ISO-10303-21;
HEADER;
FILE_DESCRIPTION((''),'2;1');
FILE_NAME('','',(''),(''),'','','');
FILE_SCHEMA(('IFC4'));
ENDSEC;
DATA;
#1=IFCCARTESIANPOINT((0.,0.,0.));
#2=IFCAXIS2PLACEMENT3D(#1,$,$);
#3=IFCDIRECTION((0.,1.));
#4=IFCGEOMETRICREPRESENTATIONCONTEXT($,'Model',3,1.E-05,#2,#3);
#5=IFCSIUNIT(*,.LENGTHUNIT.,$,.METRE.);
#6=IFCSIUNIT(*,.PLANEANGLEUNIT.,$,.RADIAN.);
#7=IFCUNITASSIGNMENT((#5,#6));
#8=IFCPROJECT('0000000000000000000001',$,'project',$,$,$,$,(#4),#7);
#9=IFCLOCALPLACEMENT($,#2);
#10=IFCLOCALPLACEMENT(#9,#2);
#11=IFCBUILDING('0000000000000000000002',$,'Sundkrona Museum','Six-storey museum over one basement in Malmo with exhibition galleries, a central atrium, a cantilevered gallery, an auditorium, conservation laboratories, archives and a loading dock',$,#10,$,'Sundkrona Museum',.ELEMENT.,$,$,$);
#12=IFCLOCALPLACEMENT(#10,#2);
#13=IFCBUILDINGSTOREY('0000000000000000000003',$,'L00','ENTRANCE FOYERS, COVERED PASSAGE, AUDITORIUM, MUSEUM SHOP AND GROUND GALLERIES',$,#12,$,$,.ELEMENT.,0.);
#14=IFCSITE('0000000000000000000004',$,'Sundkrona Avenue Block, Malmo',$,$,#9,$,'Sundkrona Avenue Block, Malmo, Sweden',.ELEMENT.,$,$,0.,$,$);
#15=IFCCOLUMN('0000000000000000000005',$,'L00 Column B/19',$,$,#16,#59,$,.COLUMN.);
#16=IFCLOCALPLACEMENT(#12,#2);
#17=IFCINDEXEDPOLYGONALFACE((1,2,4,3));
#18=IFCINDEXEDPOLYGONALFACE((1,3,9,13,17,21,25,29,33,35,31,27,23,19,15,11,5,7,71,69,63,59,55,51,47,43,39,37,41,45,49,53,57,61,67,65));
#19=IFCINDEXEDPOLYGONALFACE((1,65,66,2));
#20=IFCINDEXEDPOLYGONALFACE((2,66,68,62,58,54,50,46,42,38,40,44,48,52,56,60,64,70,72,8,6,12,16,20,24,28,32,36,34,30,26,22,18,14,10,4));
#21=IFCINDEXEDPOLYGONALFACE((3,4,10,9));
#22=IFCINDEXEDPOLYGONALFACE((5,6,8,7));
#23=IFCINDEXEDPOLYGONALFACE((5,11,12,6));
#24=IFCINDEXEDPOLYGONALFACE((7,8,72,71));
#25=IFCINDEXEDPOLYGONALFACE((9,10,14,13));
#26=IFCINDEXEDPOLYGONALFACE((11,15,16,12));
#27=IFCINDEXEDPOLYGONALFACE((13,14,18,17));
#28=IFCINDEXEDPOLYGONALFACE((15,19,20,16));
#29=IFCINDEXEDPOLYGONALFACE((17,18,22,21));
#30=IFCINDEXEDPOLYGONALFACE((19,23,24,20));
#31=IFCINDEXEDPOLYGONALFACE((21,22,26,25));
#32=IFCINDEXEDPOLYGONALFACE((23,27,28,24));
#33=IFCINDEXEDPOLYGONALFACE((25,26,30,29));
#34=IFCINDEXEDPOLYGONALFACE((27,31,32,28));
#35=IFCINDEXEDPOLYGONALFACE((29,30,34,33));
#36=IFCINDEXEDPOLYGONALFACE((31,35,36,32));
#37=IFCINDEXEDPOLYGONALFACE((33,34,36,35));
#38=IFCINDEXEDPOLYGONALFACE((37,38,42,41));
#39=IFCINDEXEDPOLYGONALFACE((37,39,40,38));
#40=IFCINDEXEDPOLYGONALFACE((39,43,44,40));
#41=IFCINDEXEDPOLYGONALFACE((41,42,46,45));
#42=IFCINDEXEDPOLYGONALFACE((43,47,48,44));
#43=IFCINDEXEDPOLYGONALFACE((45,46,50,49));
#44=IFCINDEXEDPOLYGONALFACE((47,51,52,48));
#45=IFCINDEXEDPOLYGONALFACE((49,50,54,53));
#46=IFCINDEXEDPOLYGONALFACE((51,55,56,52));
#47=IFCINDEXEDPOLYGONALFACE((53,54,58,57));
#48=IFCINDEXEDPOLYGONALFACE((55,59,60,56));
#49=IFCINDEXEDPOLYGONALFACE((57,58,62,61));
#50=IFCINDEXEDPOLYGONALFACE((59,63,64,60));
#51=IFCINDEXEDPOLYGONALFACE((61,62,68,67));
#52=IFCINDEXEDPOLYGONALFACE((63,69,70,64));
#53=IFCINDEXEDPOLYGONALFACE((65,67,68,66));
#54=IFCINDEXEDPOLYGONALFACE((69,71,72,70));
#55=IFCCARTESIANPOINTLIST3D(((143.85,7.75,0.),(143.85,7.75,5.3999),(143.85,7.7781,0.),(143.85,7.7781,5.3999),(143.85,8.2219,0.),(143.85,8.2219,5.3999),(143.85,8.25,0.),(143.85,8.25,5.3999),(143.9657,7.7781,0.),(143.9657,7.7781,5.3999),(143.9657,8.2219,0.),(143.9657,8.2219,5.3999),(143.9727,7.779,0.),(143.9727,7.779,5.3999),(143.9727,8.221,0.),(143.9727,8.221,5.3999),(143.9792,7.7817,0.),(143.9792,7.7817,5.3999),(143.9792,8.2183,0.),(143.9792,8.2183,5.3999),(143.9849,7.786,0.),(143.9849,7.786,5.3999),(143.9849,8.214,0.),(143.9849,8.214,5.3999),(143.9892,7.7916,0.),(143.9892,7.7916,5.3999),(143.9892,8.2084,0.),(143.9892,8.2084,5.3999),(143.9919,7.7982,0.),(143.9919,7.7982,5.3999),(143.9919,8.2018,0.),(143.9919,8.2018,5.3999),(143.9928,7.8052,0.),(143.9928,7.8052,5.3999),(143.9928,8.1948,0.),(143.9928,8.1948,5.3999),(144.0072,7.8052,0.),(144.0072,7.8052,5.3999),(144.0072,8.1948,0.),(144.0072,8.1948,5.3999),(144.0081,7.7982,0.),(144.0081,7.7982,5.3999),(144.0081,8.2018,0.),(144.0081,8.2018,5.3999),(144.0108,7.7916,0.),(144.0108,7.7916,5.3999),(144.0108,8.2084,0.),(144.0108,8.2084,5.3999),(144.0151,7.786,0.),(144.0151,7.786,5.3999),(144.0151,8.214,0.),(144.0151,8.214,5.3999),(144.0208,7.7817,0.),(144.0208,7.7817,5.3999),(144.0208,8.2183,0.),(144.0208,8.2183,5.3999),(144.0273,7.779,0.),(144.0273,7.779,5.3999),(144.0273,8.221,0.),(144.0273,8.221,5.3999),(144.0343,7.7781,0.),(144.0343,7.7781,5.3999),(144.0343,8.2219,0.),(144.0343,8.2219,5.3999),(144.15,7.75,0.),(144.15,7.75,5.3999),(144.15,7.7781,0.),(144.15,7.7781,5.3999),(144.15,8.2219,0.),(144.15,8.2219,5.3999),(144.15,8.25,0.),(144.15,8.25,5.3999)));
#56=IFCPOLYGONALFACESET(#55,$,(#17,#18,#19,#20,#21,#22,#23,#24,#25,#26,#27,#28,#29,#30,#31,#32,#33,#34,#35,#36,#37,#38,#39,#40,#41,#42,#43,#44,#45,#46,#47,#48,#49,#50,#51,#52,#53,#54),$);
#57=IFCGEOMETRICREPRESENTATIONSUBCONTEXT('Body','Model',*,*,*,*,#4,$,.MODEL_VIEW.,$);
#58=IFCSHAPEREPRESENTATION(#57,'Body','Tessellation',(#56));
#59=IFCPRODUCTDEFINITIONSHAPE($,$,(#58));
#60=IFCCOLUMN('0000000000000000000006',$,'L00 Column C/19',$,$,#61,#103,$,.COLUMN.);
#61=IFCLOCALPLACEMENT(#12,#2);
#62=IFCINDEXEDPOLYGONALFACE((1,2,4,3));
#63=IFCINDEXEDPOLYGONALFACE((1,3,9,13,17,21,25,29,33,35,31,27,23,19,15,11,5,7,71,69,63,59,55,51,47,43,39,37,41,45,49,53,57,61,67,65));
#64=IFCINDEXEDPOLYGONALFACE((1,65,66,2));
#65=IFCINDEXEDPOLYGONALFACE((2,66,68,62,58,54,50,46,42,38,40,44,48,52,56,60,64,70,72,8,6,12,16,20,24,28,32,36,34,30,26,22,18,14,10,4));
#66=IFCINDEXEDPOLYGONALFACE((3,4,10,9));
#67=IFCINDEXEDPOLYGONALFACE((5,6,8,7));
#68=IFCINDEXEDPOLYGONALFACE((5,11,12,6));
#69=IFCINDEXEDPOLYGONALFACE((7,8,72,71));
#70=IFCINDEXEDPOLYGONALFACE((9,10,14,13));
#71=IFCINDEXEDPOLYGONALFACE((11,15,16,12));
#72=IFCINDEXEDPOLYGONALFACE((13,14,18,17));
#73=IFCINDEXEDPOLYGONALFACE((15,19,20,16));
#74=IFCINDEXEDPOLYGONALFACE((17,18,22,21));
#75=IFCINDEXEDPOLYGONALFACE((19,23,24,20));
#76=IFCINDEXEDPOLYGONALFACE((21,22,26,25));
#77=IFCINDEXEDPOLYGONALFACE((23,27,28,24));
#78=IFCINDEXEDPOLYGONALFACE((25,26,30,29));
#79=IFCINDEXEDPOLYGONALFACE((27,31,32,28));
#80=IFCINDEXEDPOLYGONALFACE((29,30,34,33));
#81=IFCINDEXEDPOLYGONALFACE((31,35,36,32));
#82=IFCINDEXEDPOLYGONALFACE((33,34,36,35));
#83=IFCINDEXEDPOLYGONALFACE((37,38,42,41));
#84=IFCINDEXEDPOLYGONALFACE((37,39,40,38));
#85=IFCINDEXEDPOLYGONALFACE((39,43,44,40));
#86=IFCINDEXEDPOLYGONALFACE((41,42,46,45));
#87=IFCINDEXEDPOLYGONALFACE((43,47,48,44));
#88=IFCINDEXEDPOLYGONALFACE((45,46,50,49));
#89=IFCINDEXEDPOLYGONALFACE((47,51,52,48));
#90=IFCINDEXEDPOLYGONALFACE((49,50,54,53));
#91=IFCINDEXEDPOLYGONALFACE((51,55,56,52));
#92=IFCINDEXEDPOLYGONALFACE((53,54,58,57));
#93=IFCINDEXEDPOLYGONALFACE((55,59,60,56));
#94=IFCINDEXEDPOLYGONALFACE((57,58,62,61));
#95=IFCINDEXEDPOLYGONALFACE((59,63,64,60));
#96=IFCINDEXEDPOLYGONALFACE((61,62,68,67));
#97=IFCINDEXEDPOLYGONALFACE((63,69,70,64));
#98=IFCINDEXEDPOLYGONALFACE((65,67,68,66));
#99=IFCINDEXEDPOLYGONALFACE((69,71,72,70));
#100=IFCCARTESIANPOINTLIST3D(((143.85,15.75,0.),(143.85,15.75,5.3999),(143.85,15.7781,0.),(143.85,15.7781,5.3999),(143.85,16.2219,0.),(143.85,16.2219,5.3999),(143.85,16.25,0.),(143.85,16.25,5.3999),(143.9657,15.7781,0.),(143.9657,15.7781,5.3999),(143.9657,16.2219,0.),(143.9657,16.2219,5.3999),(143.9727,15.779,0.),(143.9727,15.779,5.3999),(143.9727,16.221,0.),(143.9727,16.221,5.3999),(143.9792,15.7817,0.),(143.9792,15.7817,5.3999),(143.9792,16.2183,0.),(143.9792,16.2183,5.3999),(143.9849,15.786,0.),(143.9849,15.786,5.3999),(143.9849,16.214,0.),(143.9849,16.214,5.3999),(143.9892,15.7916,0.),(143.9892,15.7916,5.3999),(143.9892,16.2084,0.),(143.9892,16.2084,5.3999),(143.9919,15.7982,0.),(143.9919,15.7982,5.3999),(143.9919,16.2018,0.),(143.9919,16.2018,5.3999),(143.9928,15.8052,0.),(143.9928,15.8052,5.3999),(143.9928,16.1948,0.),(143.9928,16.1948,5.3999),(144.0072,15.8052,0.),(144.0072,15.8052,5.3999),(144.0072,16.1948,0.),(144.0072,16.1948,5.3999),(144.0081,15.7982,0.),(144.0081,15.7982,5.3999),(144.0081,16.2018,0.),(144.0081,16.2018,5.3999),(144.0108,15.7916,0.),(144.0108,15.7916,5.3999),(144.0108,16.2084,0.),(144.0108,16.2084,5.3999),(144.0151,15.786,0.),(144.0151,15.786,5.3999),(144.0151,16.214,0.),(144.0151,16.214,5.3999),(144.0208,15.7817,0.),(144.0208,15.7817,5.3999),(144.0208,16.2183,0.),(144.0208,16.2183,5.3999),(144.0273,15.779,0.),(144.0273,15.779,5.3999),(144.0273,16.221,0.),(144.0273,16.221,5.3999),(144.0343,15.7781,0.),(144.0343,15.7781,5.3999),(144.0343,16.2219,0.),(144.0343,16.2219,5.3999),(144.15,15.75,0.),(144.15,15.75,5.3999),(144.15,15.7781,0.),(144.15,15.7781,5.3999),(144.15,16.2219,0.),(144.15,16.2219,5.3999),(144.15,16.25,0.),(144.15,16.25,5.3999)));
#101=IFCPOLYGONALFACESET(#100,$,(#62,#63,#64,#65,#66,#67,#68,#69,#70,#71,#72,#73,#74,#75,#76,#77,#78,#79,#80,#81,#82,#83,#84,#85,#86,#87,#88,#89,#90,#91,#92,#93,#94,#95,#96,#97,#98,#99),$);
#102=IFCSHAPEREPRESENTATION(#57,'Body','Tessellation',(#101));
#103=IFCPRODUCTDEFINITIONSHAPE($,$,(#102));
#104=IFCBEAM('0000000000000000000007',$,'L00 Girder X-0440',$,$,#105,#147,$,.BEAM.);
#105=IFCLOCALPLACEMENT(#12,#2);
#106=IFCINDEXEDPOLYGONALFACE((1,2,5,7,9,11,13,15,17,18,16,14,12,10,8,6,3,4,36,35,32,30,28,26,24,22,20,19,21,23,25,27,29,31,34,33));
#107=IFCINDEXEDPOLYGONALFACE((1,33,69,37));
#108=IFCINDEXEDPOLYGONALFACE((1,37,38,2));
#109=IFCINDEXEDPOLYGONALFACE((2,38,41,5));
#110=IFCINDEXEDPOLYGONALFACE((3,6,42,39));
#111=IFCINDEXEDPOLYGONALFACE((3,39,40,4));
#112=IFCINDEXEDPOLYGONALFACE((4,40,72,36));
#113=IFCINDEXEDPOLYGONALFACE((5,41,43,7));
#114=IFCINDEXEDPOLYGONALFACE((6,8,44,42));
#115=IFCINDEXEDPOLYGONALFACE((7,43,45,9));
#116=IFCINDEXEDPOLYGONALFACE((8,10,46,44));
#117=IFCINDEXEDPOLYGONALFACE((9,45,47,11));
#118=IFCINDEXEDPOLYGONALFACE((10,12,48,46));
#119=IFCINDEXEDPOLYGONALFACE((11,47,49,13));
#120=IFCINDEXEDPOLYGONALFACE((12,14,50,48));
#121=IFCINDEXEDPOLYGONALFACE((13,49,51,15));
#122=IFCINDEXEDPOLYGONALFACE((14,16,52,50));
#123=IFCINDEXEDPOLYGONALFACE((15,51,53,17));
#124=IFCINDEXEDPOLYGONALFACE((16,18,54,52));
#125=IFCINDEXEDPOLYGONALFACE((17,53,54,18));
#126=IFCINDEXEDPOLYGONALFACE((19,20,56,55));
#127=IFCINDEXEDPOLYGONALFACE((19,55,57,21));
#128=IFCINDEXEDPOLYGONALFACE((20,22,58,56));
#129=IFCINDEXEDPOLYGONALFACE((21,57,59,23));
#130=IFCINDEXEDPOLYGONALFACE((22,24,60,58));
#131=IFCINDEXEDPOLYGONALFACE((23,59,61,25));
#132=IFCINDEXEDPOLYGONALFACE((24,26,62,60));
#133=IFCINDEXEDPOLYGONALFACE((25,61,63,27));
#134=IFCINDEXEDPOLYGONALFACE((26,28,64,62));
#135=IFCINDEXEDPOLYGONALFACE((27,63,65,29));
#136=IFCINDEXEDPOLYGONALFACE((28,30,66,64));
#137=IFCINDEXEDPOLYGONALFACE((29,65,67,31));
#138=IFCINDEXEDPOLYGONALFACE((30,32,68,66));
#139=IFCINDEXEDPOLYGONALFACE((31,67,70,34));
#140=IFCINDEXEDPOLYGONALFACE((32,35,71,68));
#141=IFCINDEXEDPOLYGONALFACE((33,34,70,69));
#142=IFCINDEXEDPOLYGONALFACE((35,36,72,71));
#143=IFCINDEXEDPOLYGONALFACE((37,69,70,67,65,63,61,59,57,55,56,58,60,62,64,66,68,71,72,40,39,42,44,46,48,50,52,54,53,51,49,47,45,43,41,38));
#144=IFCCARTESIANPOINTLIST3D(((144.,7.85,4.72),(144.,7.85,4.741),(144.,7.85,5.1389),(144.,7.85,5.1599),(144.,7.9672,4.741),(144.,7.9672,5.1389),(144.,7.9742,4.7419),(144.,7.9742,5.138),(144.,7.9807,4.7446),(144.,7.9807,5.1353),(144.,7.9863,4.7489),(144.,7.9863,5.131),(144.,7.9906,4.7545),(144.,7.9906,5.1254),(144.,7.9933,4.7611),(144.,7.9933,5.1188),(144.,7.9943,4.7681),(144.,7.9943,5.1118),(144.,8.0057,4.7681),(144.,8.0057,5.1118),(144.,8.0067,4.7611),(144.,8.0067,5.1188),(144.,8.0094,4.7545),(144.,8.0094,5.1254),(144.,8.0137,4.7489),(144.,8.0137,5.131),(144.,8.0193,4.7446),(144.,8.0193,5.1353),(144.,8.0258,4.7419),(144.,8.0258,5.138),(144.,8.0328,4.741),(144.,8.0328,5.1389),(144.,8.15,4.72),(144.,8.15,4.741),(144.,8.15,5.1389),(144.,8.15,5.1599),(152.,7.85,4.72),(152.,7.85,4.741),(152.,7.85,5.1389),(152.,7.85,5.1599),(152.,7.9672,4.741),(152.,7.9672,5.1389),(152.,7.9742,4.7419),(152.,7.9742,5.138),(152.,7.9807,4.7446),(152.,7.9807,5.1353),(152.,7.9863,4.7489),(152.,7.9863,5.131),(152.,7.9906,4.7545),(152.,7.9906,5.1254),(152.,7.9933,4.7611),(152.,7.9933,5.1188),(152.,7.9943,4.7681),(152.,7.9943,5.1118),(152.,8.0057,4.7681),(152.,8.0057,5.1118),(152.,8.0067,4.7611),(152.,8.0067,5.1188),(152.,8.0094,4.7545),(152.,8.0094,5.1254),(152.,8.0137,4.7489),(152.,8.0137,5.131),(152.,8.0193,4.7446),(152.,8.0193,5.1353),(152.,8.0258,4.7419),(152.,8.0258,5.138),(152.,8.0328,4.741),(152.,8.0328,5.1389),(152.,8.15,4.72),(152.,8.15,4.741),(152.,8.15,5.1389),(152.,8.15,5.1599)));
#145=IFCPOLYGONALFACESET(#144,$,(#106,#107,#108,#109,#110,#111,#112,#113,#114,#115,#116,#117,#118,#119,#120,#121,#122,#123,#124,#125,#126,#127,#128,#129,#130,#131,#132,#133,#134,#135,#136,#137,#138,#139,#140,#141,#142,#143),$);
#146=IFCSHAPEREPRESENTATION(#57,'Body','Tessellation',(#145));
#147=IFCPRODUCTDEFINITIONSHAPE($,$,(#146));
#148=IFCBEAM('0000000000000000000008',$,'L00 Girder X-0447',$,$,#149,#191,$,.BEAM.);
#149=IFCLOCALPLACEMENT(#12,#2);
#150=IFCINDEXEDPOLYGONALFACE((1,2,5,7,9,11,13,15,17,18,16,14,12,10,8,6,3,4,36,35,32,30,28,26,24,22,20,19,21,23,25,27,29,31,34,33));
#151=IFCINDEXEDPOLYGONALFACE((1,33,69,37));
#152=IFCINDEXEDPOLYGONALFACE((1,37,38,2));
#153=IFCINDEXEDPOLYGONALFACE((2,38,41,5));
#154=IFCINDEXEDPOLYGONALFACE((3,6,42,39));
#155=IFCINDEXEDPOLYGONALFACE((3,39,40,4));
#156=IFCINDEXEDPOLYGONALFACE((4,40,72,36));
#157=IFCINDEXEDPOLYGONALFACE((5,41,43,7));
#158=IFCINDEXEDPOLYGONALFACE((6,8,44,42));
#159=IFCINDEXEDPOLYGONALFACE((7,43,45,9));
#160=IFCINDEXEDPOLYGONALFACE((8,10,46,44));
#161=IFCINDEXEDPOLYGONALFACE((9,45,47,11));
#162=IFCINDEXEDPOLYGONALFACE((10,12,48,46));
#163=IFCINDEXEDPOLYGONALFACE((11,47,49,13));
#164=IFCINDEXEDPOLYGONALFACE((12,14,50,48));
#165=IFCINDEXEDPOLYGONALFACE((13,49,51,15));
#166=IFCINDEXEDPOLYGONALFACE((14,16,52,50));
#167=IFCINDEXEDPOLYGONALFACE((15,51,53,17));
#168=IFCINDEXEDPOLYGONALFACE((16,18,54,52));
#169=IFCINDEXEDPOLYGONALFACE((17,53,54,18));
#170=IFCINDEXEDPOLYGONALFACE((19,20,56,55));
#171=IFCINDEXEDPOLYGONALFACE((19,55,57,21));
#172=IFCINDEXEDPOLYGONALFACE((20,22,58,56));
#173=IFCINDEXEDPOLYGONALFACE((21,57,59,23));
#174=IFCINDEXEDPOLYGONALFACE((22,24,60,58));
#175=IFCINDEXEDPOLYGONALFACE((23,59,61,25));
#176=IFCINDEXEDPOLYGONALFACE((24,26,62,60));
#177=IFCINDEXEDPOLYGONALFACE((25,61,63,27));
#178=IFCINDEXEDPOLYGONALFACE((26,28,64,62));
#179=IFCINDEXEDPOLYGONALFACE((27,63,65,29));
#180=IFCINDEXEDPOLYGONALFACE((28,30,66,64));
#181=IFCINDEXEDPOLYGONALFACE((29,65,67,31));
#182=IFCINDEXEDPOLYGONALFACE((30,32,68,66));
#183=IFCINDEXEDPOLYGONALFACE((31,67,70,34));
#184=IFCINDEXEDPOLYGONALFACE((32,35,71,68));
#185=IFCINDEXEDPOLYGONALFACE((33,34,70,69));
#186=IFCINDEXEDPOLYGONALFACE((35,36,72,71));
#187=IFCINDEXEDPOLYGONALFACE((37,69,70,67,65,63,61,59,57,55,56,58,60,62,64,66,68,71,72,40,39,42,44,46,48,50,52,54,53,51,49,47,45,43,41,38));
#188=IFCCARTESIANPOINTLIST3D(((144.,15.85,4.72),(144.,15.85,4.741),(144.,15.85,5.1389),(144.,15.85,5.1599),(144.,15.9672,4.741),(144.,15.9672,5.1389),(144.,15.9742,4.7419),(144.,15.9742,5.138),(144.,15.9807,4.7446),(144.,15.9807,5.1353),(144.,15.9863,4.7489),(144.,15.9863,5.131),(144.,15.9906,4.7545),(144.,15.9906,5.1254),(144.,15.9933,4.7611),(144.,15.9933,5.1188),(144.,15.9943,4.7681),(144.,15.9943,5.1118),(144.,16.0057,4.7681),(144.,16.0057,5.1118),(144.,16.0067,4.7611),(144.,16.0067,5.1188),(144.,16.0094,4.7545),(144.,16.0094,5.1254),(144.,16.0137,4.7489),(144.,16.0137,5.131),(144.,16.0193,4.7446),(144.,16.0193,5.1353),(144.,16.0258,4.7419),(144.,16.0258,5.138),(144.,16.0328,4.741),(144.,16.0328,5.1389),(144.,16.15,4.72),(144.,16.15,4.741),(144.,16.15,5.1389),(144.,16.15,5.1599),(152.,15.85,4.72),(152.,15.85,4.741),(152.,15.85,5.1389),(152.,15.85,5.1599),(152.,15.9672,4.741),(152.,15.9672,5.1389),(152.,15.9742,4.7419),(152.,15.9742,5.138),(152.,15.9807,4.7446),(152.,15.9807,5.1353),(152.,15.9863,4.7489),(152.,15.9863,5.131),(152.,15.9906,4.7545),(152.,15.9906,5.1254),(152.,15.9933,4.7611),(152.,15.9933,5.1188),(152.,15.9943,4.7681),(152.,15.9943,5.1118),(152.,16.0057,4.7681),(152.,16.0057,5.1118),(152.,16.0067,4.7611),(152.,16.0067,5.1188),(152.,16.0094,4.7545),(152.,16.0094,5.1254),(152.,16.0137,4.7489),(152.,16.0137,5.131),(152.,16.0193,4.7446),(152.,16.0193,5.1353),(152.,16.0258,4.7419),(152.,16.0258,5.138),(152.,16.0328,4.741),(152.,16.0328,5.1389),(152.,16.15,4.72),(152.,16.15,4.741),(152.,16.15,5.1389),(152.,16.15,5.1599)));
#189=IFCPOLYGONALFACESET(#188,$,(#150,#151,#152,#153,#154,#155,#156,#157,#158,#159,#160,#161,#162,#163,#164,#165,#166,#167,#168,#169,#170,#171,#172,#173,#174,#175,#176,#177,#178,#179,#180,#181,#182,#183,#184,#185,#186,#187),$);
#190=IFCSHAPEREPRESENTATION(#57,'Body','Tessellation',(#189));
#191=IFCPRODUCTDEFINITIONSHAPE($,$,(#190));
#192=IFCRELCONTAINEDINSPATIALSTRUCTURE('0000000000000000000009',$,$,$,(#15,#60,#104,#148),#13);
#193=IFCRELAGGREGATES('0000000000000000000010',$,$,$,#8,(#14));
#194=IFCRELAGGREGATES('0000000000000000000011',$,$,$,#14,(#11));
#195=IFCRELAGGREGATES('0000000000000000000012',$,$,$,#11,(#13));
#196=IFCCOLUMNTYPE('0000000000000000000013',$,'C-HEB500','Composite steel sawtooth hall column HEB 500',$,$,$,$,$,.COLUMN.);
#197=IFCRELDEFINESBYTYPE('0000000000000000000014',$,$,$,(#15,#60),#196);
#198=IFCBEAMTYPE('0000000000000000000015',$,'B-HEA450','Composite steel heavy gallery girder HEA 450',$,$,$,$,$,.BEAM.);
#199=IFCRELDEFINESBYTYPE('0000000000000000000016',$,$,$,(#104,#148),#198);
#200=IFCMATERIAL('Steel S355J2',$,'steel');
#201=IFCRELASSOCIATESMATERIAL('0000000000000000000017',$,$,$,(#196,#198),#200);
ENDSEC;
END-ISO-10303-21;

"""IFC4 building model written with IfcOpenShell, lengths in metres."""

from ifc_helpers import new_model, si_unit, direction, frame, origin, origin_2d, place, context, subcontext, project, spatial, i_section, extrude, material, material_profile, profile_set, type_object, element, save


model = new_model("IFC4")

# Units and contexts
model_context = context("Model", 3, precision=1e-05, world=origin(), true_north=direction((0.0, 1.0)))
body_context = subcontext(model_context, "Body", "Model", "MODEL_VIEW")
ifc_project = project(units=[si_unit("LENGTHUNIT", "METRE"), si_unit("PLANEANGLEUNIT", "RADIAN")], contexts=[model_context])

# Site, building, storey
site_placement = place(None, origin())
site = spatial("IfcSite", under=ifc_project, at=site_placement, Name="Sundkrona Avenue Block, Malmo", LongName="Sundkrona Avenue Block, Malmo, Sweden", CompositionType="ELEMENT", RefElevation=0.0)
building_placement = place(site_placement, origin())
building = spatial("IfcBuilding", under=site, at=building_placement, Name="Sundkrona Museum", Description="Six-storey museum over one basement in Malmo with exhibition galleries, a central atrium, a cantilevered gallery, an auditorium, conservation laboratories, archives and a loading dock", LongName="Sundkrona Museum", CompositionType="ELEMENT")
storey_placement = place(building_placement, origin())
storey = spatial("IfcBuildingStorey", under=building, at=storey_placement, Name="L00", Description="ENTRANCE FOYERS, COVERED PASSAGE, AUDITORIUM, MUSEUM SHOP AND GROUND GALLERIES", CompositionType="ELEMENT", Elevation=0.0)

# Columns
ifc_material_1 = material(Name="Steel S355J2", Category="steel")
ifc_material_profile_1 = material_profile(ifc_material_1, i_section(OverallWidth=0.3, OverallDepth=0.5, WebThickness=0.0144, FlangeThickness=0.0281, FilletRadius=0.0271, at=origin_2d()), Name="HEB 500")
ifc_profile_set_1 = profile_set([ifc_material_profile_1], Name="Steel S355J2")
column_type = type_object("IfcColumnType", Name="C-HEB500", Description="Composite steel sawtooth hall column HEB 500", PredefinedType="COLUMN", material=ifc_profile_set_1)
for number, where, z_axis, x_axis, name in (
    (1, (144.0, 8.0, 0.0), (0.0, 0.0, 1.0), (1.0, 0.0, 0.0), "L00 Column B/19"),
    (2, (144.0, 16.0, 0.0), (0.0, 0.0, 1.0), (1.0, 0.0, 0.0), "L00 Column C/19"),
):
    element("IfcColumn", number, at=place(storey_placement, frame(where, z_axis=z_axis, x_axis=x_axis)), inside=storey, type_object=column_type, Name=name, PredefinedType="COLUMN", context=body_context, shape_type="SweptSolid", body=[
        extrude(i_section(OverallWidth=0.3, OverallDepth=0.5, WebThickness=0.0144, FlangeThickness=0.0281, FilletRadius=0.0271, at=origin_2d()), origin(), (0.0, 0.0, 1.0), 5.3999),
    ])

# Beams
ifc_material_profile_2 = material_profile(ifc_material_1, i_section(OverallWidth=0.3, OverallDepth=0.4399, WebThickness=0.0115, FlangeThickness=0.021, FilletRadius=0.0271, at=origin_2d()), Name="HEA 450")
ifc_profile_set_2 = profile_set([ifc_material_profile_2], Name="Steel S355J2")
beam_type_1 = type_object("IfcBeamType", Name="B-HEA450", Description="Composite steel heavy gallery girder HEA 450", PredefinedType="BEAM", material=ifc_profile_set_2)
for number, where, z_axis, x_axis, name in (
    (3, (144.0, 8.0, 4.9399), (1.0, 0.0, 0.0), (0.0, 1.0, 0.0), "L00 Girder X-0440"),
    (4, (144.0, 16.0, 4.9399), (1.0, 0.0, 0.0), (0.0, 1.0, 0.0), "L00 Girder X-0447"),
):
    element("IfcBeam", number, at=place(storey_placement, frame(where, z_axis=z_axis, x_axis=x_axis)), inside=storey, type_object=beam_type_1, Name=name, PredefinedType="BEAM", context=body_context, shape_type="SweptSolid", body=[
        extrude(i_section(OverallWidth=0.3, OverallDepth=0.4399, WebThickness=0.0115, FlangeThickness=0.021, FilletRadius=0.0271, at=origin_2d()), origin(), (0.0, 0.0, 1.0), 8.0),
    ])

save(model, "model.ifc")
